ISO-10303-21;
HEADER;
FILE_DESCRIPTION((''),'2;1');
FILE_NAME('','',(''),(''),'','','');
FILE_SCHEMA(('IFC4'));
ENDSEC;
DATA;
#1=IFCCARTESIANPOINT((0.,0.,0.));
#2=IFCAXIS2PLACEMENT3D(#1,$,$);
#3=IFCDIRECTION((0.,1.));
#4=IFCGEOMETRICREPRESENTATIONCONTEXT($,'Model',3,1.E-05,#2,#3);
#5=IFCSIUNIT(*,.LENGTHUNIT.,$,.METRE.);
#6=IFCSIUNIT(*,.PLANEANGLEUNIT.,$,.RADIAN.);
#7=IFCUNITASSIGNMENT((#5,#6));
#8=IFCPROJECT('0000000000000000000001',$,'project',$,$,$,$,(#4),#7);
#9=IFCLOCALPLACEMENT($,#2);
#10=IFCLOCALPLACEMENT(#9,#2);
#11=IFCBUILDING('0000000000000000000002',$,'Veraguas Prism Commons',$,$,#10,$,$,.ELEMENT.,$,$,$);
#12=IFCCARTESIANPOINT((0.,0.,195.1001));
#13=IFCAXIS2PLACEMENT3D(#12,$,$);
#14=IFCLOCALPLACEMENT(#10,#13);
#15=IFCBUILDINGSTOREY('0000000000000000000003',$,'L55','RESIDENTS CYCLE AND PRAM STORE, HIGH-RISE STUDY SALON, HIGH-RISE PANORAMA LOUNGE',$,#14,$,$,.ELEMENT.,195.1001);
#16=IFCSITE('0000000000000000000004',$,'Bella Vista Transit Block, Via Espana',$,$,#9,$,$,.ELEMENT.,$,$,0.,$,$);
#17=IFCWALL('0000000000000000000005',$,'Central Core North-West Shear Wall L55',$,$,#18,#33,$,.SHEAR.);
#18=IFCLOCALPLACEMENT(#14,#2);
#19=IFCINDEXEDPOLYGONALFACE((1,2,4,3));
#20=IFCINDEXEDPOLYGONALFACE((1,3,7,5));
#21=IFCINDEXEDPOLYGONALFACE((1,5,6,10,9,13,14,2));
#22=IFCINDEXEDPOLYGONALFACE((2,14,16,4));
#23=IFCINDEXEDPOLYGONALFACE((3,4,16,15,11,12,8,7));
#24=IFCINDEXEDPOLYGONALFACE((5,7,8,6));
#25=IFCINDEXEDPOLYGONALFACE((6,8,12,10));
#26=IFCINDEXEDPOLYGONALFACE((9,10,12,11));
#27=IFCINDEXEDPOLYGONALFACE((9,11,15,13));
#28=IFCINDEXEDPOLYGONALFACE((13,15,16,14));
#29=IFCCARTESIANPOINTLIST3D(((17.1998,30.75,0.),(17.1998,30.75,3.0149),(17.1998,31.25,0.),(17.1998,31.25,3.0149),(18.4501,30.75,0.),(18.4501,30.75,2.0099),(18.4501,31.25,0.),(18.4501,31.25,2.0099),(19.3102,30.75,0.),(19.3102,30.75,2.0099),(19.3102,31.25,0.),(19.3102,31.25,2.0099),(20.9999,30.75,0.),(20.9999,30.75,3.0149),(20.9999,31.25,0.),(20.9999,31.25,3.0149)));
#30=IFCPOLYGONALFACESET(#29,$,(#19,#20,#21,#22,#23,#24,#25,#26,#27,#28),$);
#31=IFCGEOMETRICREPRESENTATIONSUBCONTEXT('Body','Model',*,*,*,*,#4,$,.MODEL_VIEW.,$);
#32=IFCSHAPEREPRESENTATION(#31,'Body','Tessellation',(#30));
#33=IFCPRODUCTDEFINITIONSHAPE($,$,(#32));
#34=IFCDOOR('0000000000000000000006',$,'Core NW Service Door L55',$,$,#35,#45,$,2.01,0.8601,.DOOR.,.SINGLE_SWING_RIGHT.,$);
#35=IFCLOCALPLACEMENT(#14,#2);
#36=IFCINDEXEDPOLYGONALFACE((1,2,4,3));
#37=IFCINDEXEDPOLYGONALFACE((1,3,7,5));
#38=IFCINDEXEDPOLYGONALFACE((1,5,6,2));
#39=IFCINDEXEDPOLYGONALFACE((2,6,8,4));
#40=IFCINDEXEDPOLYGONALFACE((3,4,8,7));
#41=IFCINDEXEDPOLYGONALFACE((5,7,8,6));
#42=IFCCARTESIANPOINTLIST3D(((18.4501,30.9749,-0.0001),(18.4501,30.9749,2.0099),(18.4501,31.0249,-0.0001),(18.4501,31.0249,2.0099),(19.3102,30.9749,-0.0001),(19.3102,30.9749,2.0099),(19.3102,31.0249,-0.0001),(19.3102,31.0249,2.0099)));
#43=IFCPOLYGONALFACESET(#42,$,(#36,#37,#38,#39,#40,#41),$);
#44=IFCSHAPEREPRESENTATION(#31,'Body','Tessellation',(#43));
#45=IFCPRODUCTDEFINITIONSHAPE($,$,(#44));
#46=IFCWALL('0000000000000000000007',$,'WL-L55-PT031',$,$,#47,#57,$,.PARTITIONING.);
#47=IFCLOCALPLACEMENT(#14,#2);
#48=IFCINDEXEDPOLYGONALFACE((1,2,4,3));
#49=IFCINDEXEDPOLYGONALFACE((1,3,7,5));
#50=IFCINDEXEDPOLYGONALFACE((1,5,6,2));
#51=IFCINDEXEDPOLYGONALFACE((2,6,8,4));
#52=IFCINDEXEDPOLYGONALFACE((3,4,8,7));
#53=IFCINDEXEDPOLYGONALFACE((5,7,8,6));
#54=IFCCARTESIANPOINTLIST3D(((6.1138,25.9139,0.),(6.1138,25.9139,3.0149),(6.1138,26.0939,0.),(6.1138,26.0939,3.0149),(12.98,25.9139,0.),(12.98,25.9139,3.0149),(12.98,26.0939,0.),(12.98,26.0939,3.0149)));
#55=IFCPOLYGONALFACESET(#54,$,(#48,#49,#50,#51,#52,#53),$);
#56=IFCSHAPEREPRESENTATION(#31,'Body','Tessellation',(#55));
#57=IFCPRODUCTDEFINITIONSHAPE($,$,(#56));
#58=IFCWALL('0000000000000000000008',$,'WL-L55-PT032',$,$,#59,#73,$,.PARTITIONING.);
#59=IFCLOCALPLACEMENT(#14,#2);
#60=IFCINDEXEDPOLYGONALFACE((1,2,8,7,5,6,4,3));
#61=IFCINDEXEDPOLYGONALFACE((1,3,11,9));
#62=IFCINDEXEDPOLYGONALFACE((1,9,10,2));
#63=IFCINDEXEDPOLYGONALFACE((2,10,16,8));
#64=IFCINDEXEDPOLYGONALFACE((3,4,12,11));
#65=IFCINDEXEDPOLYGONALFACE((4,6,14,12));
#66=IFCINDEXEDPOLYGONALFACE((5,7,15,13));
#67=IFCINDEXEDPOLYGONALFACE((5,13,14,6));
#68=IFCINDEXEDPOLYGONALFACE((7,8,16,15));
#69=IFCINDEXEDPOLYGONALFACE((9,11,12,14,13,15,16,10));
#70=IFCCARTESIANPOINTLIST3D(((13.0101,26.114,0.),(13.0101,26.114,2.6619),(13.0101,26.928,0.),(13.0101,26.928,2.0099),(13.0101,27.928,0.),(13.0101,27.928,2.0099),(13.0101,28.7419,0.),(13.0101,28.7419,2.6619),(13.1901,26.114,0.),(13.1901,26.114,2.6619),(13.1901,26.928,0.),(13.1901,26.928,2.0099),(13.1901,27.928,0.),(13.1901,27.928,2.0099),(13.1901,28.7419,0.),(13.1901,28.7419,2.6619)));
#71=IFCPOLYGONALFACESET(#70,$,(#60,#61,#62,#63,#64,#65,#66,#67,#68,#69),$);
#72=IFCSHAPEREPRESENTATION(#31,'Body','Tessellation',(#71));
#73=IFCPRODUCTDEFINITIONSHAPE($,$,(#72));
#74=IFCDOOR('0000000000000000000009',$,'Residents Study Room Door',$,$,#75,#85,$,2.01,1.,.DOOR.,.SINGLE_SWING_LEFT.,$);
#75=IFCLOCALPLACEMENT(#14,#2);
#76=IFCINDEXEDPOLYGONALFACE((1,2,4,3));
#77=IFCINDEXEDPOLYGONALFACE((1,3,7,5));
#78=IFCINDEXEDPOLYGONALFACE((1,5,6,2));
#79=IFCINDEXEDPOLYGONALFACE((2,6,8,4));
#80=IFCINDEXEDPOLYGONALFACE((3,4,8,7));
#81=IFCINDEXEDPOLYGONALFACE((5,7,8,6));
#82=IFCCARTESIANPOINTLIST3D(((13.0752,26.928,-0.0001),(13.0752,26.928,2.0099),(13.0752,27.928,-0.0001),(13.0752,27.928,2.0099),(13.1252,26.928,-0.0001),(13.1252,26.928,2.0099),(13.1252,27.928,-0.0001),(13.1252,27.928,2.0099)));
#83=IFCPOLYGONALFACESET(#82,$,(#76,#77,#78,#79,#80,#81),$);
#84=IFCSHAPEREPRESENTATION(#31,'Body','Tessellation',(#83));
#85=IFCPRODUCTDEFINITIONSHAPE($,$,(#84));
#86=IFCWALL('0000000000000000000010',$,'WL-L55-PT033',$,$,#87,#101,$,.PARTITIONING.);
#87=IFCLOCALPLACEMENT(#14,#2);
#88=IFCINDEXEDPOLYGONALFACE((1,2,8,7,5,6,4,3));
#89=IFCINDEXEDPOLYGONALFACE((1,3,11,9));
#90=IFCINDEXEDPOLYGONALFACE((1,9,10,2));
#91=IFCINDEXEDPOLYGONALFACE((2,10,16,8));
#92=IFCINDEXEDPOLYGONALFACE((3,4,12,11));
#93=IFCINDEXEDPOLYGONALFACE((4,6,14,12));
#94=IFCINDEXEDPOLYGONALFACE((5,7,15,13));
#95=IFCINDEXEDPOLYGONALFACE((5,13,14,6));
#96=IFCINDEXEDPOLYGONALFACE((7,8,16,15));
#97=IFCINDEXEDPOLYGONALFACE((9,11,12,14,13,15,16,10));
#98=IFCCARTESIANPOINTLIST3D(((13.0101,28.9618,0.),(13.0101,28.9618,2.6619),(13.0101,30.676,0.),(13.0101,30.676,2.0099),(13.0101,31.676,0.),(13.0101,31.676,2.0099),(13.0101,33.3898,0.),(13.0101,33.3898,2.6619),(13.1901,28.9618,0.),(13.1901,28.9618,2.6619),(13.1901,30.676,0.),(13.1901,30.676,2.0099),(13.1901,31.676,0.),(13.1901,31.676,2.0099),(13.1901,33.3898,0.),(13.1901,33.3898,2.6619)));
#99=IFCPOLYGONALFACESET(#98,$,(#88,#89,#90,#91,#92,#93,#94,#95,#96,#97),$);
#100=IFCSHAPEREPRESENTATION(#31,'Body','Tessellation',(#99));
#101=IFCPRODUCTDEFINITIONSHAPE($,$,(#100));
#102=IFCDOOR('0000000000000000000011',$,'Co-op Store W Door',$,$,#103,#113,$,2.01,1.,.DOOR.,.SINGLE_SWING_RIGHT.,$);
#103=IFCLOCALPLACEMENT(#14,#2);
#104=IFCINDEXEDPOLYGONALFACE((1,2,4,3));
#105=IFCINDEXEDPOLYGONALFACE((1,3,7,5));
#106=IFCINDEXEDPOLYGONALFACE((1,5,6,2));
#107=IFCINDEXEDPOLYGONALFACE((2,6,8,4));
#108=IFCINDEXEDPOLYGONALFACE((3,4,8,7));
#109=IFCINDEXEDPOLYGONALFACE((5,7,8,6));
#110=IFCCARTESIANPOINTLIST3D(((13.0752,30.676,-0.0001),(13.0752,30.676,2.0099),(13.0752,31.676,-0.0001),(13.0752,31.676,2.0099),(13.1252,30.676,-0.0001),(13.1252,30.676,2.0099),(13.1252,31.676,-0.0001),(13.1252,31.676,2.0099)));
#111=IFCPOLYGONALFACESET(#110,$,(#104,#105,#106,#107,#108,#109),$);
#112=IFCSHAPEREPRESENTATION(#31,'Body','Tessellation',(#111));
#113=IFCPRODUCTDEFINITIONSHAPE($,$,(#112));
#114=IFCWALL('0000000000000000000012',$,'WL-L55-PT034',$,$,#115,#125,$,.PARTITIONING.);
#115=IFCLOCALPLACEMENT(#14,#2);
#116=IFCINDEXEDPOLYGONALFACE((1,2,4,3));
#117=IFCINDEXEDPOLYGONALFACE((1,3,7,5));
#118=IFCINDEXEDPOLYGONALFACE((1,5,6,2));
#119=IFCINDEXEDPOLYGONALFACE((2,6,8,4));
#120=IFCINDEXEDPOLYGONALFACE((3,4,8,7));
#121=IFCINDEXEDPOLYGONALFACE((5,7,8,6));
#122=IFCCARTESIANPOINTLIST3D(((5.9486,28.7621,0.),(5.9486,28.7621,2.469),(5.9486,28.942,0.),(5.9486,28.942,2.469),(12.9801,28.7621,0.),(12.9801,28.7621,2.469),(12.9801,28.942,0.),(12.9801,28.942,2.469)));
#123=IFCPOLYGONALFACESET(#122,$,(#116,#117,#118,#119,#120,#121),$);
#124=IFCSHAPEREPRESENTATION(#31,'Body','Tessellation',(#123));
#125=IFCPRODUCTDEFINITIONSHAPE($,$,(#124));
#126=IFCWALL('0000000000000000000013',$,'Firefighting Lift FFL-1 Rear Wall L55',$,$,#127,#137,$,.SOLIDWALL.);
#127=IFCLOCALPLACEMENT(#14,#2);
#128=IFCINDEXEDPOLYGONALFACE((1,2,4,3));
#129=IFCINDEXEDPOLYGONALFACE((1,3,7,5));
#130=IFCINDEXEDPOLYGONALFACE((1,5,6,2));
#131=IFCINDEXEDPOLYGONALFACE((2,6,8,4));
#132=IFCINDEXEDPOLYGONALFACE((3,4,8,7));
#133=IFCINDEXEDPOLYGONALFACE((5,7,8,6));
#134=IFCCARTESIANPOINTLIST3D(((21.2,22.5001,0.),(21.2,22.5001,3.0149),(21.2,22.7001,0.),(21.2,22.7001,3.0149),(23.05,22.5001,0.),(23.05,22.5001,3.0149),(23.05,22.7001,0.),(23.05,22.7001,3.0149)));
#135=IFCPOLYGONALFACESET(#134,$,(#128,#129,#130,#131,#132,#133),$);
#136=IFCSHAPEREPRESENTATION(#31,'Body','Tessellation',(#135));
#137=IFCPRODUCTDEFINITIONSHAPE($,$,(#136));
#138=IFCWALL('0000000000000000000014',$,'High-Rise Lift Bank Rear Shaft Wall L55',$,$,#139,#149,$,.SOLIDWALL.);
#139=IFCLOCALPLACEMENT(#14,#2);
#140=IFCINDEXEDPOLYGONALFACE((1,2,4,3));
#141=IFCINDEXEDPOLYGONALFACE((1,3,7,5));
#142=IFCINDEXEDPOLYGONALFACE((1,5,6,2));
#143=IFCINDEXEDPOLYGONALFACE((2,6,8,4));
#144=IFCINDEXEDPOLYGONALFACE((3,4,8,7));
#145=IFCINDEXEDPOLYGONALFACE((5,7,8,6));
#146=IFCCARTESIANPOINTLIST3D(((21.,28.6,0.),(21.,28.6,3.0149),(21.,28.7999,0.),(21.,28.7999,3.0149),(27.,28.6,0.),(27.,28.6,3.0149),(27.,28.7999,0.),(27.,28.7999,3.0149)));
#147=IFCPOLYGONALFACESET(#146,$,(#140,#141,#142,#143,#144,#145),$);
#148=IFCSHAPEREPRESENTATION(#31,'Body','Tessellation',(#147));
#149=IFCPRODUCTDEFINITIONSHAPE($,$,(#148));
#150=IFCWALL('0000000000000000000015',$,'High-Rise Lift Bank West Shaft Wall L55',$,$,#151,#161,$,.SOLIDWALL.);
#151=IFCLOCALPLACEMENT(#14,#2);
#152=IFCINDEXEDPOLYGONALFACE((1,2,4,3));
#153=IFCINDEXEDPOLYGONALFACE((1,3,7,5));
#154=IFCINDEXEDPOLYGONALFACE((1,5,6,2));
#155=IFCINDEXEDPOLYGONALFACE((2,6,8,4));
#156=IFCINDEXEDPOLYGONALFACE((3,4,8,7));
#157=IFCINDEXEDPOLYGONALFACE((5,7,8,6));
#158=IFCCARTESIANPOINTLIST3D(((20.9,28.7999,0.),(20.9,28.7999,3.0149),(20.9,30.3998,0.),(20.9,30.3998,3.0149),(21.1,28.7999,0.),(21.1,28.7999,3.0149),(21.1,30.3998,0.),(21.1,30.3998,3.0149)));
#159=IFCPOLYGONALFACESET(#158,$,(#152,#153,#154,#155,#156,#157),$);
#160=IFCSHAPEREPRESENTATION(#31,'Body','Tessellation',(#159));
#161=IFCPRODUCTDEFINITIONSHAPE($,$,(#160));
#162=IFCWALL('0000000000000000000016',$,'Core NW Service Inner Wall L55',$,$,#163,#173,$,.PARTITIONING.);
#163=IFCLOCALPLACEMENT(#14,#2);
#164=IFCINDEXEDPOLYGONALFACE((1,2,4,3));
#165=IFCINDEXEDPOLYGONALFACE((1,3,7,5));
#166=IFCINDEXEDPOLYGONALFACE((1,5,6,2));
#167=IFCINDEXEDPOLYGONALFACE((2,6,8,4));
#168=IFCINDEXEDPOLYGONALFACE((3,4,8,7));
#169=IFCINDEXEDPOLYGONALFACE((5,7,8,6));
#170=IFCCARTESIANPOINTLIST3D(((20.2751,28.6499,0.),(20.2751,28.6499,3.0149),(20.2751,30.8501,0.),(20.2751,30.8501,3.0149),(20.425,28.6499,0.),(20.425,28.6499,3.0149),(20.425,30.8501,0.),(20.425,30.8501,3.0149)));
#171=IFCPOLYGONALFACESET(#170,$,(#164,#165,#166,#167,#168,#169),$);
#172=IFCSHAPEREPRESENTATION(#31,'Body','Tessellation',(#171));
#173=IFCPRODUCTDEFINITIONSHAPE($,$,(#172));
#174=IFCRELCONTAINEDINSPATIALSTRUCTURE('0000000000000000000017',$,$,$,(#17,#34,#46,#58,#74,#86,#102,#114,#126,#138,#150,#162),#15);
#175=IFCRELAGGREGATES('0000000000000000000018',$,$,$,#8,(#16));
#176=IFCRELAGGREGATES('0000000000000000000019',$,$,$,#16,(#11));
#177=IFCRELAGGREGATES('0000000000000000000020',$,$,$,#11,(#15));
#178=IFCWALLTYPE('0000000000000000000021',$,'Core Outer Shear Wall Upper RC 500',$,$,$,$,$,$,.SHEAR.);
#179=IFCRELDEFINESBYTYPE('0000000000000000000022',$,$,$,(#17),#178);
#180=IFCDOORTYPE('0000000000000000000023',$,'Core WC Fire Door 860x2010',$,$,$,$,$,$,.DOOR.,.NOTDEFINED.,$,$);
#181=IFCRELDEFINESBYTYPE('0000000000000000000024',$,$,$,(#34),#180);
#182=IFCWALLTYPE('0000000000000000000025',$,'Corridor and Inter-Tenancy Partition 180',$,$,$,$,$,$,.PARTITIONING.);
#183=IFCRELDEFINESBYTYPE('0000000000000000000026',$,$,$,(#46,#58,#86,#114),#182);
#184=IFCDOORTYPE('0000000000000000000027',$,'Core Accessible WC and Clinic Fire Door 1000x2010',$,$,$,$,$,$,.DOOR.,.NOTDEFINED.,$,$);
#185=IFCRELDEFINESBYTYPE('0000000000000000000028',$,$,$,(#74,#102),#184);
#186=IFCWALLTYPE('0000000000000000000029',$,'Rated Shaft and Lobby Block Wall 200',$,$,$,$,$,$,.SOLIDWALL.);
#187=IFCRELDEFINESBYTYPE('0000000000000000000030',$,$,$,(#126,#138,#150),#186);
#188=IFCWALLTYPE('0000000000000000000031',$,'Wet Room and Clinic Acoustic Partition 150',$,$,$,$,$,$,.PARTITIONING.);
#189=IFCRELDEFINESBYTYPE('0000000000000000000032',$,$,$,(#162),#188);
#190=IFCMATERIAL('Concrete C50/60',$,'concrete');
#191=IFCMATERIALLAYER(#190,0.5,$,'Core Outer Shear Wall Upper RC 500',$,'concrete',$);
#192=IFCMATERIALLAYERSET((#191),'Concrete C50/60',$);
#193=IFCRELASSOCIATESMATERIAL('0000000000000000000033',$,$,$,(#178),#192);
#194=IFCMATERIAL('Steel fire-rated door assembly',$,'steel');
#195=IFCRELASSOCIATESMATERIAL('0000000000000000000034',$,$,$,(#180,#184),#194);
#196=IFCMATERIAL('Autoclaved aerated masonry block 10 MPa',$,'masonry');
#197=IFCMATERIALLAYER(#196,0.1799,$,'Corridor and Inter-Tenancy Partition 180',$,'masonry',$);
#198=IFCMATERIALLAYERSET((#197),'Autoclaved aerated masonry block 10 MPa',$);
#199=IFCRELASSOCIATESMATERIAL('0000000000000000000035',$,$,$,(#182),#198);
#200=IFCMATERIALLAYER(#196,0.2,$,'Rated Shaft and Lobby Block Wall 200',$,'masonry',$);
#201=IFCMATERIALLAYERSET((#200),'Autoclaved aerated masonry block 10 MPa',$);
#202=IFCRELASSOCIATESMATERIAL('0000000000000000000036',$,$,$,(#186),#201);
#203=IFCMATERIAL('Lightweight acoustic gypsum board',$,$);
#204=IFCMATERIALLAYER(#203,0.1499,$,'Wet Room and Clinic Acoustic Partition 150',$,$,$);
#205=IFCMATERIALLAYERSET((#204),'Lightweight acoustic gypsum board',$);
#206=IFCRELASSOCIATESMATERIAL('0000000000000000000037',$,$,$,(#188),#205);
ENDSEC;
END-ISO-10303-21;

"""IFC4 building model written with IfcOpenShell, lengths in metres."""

from ifc_helpers import new_model, si_unit, direction, frame, frame_2d, origin, place, context, subcontext, project, spatial, rectangle, extrude, source, transform, mapped, material, layer, layer_set, type_object, element, fill, save


model = new_model("IFC4")

# Units and contexts
model_context = context("Model", 3, precision=1e-05, world=origin(), true_north=direction((0.0, 1.0)))
body_context = subcontext(model_context, "Body", "Model", "MODEL_VIEW")
ifc_project = project(units=[si_unit("LENGTHUNIT", "METRE"), si_unit("PLANEANGLEUNIT", "RADIAN")], contexts=[model_context])

# Site, building, storey
site_placement = place(None, origin())
site = spatial("IfcSite", under=ifc_project, at=site_placement, Name="Bella Vista Transit Block, Via Espana", CompositionType="ELEMENT", RefElevation=0.0)
building_placement = place(site_placement, origin())
building = spatial("IfcBuilding", under=site, at=building_placement, Name="Veraguas Prism Commons", CompositionType="ELEMENT")
storey_placement = place(building_placement, frame((0.0, 0.0, 195.1001)))
storey = spatial("IfcBuildingStorey", under=building, at=storey_placement, Name="L55", Description="RESIDENTS CYCLE AND PRAM STORE, HIGH-RISE STUDY SALON, HIGH-RISE PANORAMA LOUNGE", CompositionType="ELEMENT", Elevation=195.1001)

# Shared definitions
ifc_material_1 = material(Name="Concrete C50/60", Category="concrete")

# Wall, opening, door
ifc_layer_1 = layer(ifc_material_1, 0.5, Name="Core Outer Shear Wall Upper RC 500", Category="concrete")
ifc_layer_set_1 = layer_set([ifc_layer_1], Name="Concrete C50/60")
wall_type_1 = type_object("IfcWallType", Name="Core Outer Shear Wall Upper RC 500", PredefinedType="SHEAR", material=ifc_layer_set_1)
wall_1_placement = place(storey_placement, frame((17.2, 31.0, 0.0), z_axis=(0.0, 0.0, 1.0), x_axis=(1.0, 0.0, 0.0)))
wall_1 = element("IfcWall", 1, at=wall_1_placement, inside=storey, type_object=wall_type_1, Name="Central Core North-West Shear Wall L55", PredefinedType="SHEAR", context=body_context, shape_type="SweptSolid", body=[
    extrude(rectangle(XDim=3.8, YDim=0.5, at=frame_2d((1.8999, 0.0))), origin(), (0.0, 0.0, 1.0), 3.0149),
])
opening_1_placement = place(wall_1_placement, frame((1.25, 0.0, 0.0)))
opening_1 = element("IfcOpeningElement", 2, at=opening_1_placement, cuts=wall_1, PredefinedType="OPENING", context=body_context, shape_type="SweptSolid", body=[
    extrude(rectangle(XDim=0.8601, YDim=2.01, at=frame_2d((0.4302, 1.0049))), frame((0.0, 0.26, 0.0), z_axis=(0.0, -1.0, 0.0), x_axis=(1.0, 0.0, 0.0)), (0.0, 0.0, 1.0), 0.52),
])
ifc_material_2 = material(Name="Steel fire-rated door assembly", Category="steel")
door_type_1 = type_object("IfcDoorType", Name="Core WC Fire Door 860x2010", OperationType="NOTDEFINED", PredefinedType="DOOR", material=ifc_material_2)
shared_shape_1 = source(origin(), body_context, "Body", "SweptSolid", [
    extrude(rectangle(XDim=0.8601, YDim=2.01, at=frame_2d((0.4302, 1.0049))), frame((0.0, 0.0249, 0.0), z_axis=(0.0, -1.0, 0.0), x_axis=(1.0, 0.0, 0.0)), (0.0, 0.0, 1.0), 0.05),
])
door_1_placement = place(opening_1_placement, origin())
door_1 = element("IfcDoor", 3, at=door_1_placement, inside=storey, type_object=door_type_1, Name="Core NW Service Door L55", OperationType="SINGLE_SWING_RIGHT", OverallHeight=2.01, OverallWidth=0.8601, PredefinedType="DOOR", context=body_context, shape_type="MappedRepresentation", body=[
    mapped(shared_shape_1, transform((0.0, 0.0, 0.0), scale=1.0)),
])
fill(opening_1, door_1)

# Wall
ifc_material_3 = material(Name="Autoclaved aerated masonry block 10 MPa", Category="masonry")
ifc_layer_2 = layer(ifc_material_3, 0.1799, Name="Corridor and Inter-Tenancy Partition 180", Category="masonry")
ifc_layer_set_2 = layer_set([ifc_layer_2], Name="Autoclaved aerated masonry block 10 MPa")
wall_type_2 = type_object("IfcWallType", Name="Corridor and Inter-Tenancy Partition 180", PredefinedType="PARTITIONING", material=ifc_layer_set_2)
wall_2_placement = place(storey_placement, frame((12.98, 26.0039, 0.0), z_axis=(0.0, 0.0, 1.0), x_axis=(-1.0, 0.0, 0.0)))
element("IfcWall", 4, at=wall_2_placement, inside=storey, type_object=wall_type_2, Name="WL-L55-PT031", PredefinedType="PARTITIONING", context=body_context, shape_type="SweptSolid", body=[
    extrude(rectangle(XDim=6.8662, YDim=0.1799, at=frame_2d((3.4331, 0.0))), origin(), (0.0, 0.0, 1.0), 3.0149),
])

# Walls, openings, doors
wall_3_placement = place(storey_placement, frame((13.1001, 26.114, 0.0), z_axis=(0.0, 0.0, 1.0), x_axis=(0.0, 1.0, 0.0)))
wall_3 = element("IfcWall", 5, at=wall_3_placement, inside=storey, type_object=wall_type_2, Name="WL-L55-PT032", PredefinedType="PARTITIONING", context=body_context, shape_type="SweptSolid", body=[
    extrude(rectangle(XDim=2.6279, YDim=0.1799, at=frame_2d((1.314, 0.0))), origin(), (0.0, 0.0, 1.0), 2.6619),
])
opening_2_placement = place(wall_3_placement, frame((0.814, 0.0, 0.0)))
opening_2 = element("IfcOpeningElement", 6, at=opening_2_placement, cuts=wall_3, PredefinedType="OPENING", context=body_context, shape_type="SweptSolid", body=[
    extrude(rectangle(XDim=1.0, YDim=2.01, at=frame_2d((0.5, 1.0049))), frame((0.0, 0.0999, 0.0), z_axis=(0.0, -1.0, 0.0), x_axis=(1.0, 0.0, 0.0)), (0.0, 0.0, 1.0), 0.2),
])
door_type_2 = type_object("IfcDoorType", Name="Core Accessible WC and Clinic Fire Door 1000x2010", OperationType="NOTDEFINED", PredefinedType="DOOR", material=ifc_material_2)
shared_shape_2 = source(origin(), body_context, "Body", "SweptSolid", [
    extrude(rectangle(XDim=1.0, YDim=2.01, at=frame_2d((0.5, 1.0049))), frame((0.0, 0.0249, 0.0), z_axis=(0.0, -1.0, 0.0), x_axis=(1.0, 0.0, 0.0)), (0.0, 0.0, 1.0), 0.05),
])
door_2_placement = place(opening_2_placement, origin())
door_2 = element("IfcDoor", 7, at=door_2_placement, inside=storey, type_object=door_type_2, Name="Residents Study Room Door", OperationType="SINGLE_SWING_LEFT", OverallHeight=2.01, OverallWidth=1.0, PredefinedType="DOOR", context=body_context, shape_type="MappedRepresentation", body=[
    mapped(shared_shape_2, transform((0.0, 0.0, 0.0), scale=1.0)),
])
fill(opening_2, door_2)
wall_4_placement = place(storey_placement, frame((13.1001, 28.9619, 0.0), z_axis=(0.0, 0.0, 1.0), x_axis=(0.0, 1.0, 0.0)))
wall_4 = element("IfcWall", 8, at=wall_4_placement, inside=storey, type_object=wall_type_2, Name="WL-L55-PT033", PredefinedType="PARTITIONING", context=body_context, shape_type="SweptSolid", body=[
    extrude(rectangle(XDim=4.428, YDim=0.1799, at=frame_2d((2.2139, 0.0))), origin(), (0.0, 0.0, 1.0), 2.6619),
])
opening_3_placement = place(wall_4_placement, frame((1.7141, 0.0, 0.0)))
opening_3 = element("IfcOpeningElement", 9, at=opening_3_placement, cuts=wall_4, PredefinedType="OPENING", context=body_context, shape_type="SweptSolid", body=[
    extrude(rectangle(XDim=1.0, YDim=2.01, at=frame_2d((0.5, 1.0049))), frame((0.0, 0.0999, 0.0), z_axis=(0.0, -1.0, 0.0), x_axis=(1.0, 0.0, 0.0)), (0.0, 0.0, 1.0), 0.2),
])
door_3_placement = place(opening_3_placement, origin())
door_3 = element("IfcDoor", 10, at=door_3_placement, inside=storey, type_object=door_type_2, Name="Co-op Store W Door", OperationType="SINGLE_SWING_RIGHT", OverallHeight=2.01, OverallWidth=1.0, PredefinedType="DOOR", context=body_context, shape_type="MappedRepresentation", body=[
    mapped(shared_shape_2, transform((0.0, 0.0, 0.0), scale=1.0)),
])
fill(opening_3, door_3)

# Walls
wall_5_placement = place(storey_placement, frame((12.98, 28.8521, 0.0), z_axis=(0.0, 0.0, 1.0), x_axis=(-1.0, 0.0, 0.0)))
element("IfcWall", 11, at=wall_5_placement, inside=storey, type_object=wall_type_2, Name="WL-L55-PT034", PredefinedType="PARTITIONING", context=body_context, shape_type="SweptSolid", body=[
    extrude(rectangle(XDim=7.0315, YDim=0.1799, at=frame_2d((3.5156, 0.0))), origin(), (0.0, 0.0, 1.0), 2.469),
])
ifc_layer_3 = layer(ifc_material_3, 0.2, Name="Rated Shaft and Lobby Block Wall 200", Category="masonry")
ifc_layer_set_3 = layer_set([ifc_layer_3], Name="Autoclaved aerated masonry block 10 MPa")
wall_type_3 = type_object("IfcWallType", Name="Rated Shaft and Lobby Block Wall 200", PredefinedType="SOLIDWALL", material=ifc_layer_set_3)
wall_6_placement = place(storey_placement, frame((21.2, 22.6001, 0.0), z_axis=(0.0, 0.0, 1.0), x_axis=(1.0, 0.0, 0.0)))
element("IfcWall", 12, at=wall_6_placement, inside=storey, type_object=wall_type_3, Name="Firefighting Lift FFL-1 Rear Wall L55", PredefinedType="SOLIDWALL", context=body_context, shape_type="SweptSolid", body=[
    extrude(rectangle(XDim=1.8501, YDim=0.2, at=frame_2d((0.925, 0.0))), origin(), (0.0, 0.0, 1.0), 3.0149),
])
wall_7_placement = place(storey_placement, frame((21.0, 28.7, 0.0), z_axis=(0.0, 0.0, 1.0), x_axis=(1.0, 0.0, 0.0)))
element("IfcWall", 13, at=wall_7_placement, inside=storey, type_object=wall_type_3, Name="High-Rise Lift Bank Rear Shaft Wall L55", PredefinedType="SOLIDWALL", context=body_context, shape_type="SweptSolid", body=[
    extrude(rectangle(XDim=6.0, YDim=0.2, at=frame_2d((3.0, 0.0))), origin(), (0.0, 0.0, 1.0), 3.0149),
])
wall_8_placement = place(storey_placement, frame((21.0, 28.8, 0.0), z_axis=(0.0, 0.0, 1.0), x_axis=(0.0, 1.0, 0.0)))
element("IfcWall", 14, at=wall_8_placement, inside=storey, type_object=wall_type_3, Name="High-Rise Lift Bank West Shaft Wall L55", PredefinedType="SOLIDWALL", context=body_context, shape_type="SweptSolid", body=[
    extrude(rectangle(XDim=1.5999, YDim=0.2, at=frame_2d((0.7998, 0.0))), origin(), (0.0, 0.0, 1.0), 3.0149),
])
ifc_material_4 = material(Name="Lightweight acoustic gypsum board")
ifc_layer_4 = layer(ifc_material_4, 0.1499, Name="Wet Room and Clinic Acoustic Partition 150")
ifc_layer_set_4 = layer_set([ifc_layer_4], Name="Lightweight acoustic gypsum board")
wall_type_4 = type_object("IfcWallType", Name="Wet Room and Clinic Acoustic Partition 150", PredefinedType="PARTITIONING", material=ifc_layer_set_4)
wall_9_placement = place(storey_placement, frame((20.3501, 28.6499, 0.0), z_axis=(0.0, 0.0, 1.0), x_axis=(0.0, 1.0, 0.0)))
element("IfcWall", 15, at=wall_9_placement, inside=storey, type_object=wall_type_4, Name="Core NW Service Inner Wall L55", PredefinedType="PARTITIONING", context=body_context, shape_type="SweptSolid", body=[
    extrude(rectangle(XDim=2.2002, YDim=0.1499, at=frame_2d((1.1001, 0.0))), origin(), (0.0, 0.0, 1.0), 3.0149),
])

save(model, "model.ifc")
